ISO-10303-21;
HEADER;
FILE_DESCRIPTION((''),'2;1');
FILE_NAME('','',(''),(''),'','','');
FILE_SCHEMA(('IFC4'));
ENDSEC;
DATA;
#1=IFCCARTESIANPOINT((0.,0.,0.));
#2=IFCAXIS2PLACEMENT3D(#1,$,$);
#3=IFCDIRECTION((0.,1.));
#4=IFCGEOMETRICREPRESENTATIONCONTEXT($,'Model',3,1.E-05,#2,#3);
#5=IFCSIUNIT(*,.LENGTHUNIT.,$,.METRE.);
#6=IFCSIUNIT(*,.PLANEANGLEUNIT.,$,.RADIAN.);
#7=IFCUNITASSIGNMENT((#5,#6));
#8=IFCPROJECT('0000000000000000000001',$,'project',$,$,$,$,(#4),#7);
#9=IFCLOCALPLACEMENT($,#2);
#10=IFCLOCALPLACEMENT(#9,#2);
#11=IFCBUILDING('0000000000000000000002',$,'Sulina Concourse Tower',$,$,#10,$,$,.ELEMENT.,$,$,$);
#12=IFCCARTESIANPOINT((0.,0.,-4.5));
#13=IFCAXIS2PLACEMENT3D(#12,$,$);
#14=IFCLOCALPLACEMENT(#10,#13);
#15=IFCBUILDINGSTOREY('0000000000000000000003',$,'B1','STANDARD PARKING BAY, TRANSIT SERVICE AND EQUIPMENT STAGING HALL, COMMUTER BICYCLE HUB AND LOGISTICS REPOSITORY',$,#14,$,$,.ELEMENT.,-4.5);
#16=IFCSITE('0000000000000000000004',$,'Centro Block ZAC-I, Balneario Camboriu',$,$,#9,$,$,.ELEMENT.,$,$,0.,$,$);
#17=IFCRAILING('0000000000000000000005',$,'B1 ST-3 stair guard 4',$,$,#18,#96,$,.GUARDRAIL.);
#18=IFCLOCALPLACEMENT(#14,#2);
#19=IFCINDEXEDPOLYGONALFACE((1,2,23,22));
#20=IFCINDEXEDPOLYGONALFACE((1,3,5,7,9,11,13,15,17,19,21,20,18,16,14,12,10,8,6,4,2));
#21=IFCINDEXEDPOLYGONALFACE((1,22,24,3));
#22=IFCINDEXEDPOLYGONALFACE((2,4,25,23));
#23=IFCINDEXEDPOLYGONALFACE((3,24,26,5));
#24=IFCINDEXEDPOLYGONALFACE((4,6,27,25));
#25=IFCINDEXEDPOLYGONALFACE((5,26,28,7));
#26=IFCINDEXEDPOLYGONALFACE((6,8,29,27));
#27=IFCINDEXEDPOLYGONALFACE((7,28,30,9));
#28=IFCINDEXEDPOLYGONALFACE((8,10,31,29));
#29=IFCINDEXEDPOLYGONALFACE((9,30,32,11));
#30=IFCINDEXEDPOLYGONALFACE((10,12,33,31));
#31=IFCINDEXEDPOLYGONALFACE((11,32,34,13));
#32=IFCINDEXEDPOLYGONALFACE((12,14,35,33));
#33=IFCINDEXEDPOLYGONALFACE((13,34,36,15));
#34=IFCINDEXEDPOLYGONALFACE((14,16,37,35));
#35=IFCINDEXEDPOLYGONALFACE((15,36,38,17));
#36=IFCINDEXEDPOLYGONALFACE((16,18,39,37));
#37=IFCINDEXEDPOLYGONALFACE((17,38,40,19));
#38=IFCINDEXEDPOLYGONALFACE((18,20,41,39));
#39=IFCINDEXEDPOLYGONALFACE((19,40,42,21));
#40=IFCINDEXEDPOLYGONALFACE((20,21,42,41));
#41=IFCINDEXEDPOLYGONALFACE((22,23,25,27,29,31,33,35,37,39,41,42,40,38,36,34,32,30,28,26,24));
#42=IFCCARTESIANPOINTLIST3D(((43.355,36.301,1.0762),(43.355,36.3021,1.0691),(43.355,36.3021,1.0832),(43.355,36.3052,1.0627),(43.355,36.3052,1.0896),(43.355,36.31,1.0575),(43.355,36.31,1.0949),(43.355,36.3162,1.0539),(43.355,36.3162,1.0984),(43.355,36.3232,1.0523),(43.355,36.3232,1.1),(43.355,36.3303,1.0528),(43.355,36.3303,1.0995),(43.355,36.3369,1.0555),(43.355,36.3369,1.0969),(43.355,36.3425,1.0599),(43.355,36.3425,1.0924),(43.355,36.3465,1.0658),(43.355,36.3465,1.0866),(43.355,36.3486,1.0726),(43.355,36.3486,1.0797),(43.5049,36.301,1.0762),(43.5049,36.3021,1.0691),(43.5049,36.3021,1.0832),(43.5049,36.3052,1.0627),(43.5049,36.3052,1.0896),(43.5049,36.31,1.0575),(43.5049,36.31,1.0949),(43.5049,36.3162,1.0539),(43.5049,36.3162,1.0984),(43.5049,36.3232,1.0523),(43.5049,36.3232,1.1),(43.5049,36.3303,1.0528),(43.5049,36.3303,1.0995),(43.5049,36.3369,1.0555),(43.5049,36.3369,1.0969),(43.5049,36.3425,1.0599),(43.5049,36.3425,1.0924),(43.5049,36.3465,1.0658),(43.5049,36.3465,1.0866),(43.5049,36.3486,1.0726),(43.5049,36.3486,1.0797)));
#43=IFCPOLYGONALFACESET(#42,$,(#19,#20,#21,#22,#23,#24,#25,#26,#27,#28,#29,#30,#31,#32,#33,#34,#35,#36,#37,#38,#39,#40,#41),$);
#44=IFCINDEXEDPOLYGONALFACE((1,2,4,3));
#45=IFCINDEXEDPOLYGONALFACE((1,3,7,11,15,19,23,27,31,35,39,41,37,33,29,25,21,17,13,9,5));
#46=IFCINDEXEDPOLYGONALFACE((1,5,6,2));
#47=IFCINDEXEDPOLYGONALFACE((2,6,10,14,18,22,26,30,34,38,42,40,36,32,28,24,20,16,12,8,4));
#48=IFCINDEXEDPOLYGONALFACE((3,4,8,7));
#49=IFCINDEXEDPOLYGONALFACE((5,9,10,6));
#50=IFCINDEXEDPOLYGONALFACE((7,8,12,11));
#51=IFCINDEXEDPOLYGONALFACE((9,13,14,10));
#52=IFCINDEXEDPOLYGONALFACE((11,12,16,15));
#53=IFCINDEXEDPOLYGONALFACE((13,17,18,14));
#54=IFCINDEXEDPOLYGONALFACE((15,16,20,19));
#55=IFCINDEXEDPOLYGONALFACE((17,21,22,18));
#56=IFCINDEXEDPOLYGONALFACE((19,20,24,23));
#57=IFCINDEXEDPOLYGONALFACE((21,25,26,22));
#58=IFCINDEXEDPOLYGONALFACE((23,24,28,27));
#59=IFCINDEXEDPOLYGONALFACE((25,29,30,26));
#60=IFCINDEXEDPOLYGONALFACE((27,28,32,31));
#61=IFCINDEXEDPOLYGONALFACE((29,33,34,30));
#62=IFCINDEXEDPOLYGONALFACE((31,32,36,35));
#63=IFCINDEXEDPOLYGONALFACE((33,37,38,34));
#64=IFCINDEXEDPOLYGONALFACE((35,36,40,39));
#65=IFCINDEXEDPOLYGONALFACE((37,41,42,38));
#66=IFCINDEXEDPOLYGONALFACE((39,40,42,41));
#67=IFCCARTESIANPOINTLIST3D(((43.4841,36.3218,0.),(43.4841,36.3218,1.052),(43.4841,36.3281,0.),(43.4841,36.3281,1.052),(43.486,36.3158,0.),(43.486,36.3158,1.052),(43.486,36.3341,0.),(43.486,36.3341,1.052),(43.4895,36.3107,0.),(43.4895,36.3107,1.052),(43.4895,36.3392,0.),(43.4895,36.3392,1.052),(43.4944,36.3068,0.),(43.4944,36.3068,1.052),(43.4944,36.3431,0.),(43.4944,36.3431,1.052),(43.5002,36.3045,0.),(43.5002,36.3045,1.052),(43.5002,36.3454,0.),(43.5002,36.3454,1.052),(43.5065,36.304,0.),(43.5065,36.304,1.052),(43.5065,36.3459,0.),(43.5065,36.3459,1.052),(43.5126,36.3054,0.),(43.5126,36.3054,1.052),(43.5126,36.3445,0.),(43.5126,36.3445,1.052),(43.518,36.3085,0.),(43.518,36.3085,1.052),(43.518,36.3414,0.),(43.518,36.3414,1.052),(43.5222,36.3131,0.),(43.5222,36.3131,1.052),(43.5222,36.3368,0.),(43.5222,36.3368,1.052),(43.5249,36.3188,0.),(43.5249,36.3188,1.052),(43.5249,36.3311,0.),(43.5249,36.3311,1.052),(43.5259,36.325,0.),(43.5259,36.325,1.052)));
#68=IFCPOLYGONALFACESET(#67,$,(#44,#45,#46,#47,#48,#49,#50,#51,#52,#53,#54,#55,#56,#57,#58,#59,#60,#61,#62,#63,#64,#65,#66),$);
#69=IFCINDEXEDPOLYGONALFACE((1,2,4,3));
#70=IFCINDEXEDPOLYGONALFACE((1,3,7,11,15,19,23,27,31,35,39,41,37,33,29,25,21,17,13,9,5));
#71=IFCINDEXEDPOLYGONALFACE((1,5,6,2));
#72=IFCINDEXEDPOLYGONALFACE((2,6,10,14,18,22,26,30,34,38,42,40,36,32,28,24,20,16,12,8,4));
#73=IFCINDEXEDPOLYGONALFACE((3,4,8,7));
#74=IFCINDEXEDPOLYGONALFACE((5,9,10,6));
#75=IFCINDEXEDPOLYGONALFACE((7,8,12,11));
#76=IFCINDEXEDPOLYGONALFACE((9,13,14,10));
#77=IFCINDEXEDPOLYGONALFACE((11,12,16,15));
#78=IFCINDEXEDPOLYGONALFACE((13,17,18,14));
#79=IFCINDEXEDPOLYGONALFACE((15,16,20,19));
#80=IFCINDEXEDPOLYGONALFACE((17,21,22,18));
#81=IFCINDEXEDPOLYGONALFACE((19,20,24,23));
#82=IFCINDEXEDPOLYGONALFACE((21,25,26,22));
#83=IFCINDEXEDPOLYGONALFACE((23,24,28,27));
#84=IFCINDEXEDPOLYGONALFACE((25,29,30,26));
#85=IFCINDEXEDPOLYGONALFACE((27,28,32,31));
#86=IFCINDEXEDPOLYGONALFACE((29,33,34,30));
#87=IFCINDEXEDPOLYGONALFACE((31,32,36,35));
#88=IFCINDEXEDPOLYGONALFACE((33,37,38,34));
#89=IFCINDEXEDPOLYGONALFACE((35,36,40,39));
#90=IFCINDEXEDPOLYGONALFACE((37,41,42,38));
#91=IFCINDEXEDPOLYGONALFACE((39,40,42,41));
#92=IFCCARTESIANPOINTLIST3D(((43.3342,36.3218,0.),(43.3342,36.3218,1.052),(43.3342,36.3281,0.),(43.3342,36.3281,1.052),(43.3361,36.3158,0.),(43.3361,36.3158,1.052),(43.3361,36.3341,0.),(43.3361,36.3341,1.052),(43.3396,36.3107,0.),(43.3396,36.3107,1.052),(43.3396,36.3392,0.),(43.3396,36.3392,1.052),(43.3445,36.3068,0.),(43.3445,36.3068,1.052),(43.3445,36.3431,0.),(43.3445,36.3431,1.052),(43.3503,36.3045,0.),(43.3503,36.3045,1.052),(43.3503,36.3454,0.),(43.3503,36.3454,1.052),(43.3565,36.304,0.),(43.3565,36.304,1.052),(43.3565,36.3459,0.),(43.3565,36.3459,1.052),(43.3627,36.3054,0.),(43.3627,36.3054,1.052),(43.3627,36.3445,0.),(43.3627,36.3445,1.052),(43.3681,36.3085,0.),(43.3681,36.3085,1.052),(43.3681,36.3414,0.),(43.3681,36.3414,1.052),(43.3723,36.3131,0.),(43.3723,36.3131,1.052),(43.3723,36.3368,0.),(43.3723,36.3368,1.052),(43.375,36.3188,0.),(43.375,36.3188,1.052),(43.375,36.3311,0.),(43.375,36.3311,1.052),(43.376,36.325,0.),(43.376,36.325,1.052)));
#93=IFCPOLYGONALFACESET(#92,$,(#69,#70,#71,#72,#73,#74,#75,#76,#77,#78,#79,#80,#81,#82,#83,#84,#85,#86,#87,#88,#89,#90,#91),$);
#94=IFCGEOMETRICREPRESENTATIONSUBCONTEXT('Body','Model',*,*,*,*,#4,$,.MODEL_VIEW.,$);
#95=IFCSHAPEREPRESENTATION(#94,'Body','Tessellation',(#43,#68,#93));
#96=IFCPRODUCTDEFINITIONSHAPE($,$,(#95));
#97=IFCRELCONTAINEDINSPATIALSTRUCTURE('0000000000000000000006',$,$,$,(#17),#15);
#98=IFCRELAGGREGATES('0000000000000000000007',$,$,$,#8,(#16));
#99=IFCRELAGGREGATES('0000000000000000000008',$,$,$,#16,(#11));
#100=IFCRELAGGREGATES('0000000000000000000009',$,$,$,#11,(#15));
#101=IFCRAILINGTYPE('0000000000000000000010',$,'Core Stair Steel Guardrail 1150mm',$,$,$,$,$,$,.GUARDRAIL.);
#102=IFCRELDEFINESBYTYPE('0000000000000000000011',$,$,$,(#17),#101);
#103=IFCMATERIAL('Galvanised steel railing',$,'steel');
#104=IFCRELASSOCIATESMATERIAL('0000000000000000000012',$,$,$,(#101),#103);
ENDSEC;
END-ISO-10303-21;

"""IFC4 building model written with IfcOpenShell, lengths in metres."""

from ifc_helpers import new_model, si_unit, direction, frame, origin, origin_2d, place, context, subcontext, project, spatial, circle, extrude, material, type_object, element, save


model = new_model("IFC4")

# Units and contexts
model_context = context("Model", 3, precision=1e-05, world=origin(), true_north=direction((0.0, 1.0)))
body_context = subcontext(model_context, "Body", "Model", "MODEL_VIEW")
ifc_project = project(units=[si_unit("LENGTHUNIT", "METRE"), si_unit("PLANEANGLEUNIT", "RADIAN")], contexts=[model_context])

# Site, building, storey
site_placement = place(None, origin())
site = spatial("IfcSite", under=ifc_project, at=site_placement, Name="Centro Block ZAC-I, Balneario Camboriu", CompositionType="ELEMENT", RefElevation=0.0)
building_placement = place(site_placement, origin())
building = spatial("IfcBuilding", under=site, at=building_placement, Name="Sulina Concourse Tower", CompositionType="ELEMENT")
storey_placement = place(building_placement, frame((0.0, 0.0, -4.5)))
storey = spatial("IfcBuildingStorey", under=building, at=storey_placement, Name="B1", Description="STANDARD PARKING BAY, TRANSIT SERVICE AND EQUIPMENT STAGING HALL, COMMUTER BICYCLE HUB AND LOGISTICS REPOSITORY", CompositionType="ELEMENT", Elevation=-4.5)

# Railing
ifc_material_1 = material(Name="Galvanised steel railing", Category="steel")
railing_type_1 = type_object("IfcRailingType", Name="Core Stair Steel Guardrail 1150mm", PredefinedType="GUARDRAIL", material=ifc_material_1)
railing_1_placement = place(storey_placement, frame((43.5049, 36.325, 0.0)))
element("IfcRailing", 1, at=railing_1_placement, inside=storey, type_object=railing_type_1, Name="B1 ST-3 stair guard 4", PredefinedType="GUARDRAIL", context=body_context, shape_type="SweptSolid", body=[
    extrude(circle(Radius=0.0239, at=origin_2d()), frame((0.0, 0.0, 1.0762), z_axis=(-1.0, 0.0, 0.0), x_axis=(0.0, -1.0, 0.0)), (0.0, 0.0, 1.0), 0.1499),
    extrude(circle(Radius=0.021, at=origin_2d()), origin(), (0.0, 0.0, 1.0), 1.052),
    extrude(circle(Radius=0.021, at=origin_2d()), frame((-0.1499, 0.0, 0.0)), (0.0, 0.0, 1.0), 1.052),
])

save(model, "model.ifc")
